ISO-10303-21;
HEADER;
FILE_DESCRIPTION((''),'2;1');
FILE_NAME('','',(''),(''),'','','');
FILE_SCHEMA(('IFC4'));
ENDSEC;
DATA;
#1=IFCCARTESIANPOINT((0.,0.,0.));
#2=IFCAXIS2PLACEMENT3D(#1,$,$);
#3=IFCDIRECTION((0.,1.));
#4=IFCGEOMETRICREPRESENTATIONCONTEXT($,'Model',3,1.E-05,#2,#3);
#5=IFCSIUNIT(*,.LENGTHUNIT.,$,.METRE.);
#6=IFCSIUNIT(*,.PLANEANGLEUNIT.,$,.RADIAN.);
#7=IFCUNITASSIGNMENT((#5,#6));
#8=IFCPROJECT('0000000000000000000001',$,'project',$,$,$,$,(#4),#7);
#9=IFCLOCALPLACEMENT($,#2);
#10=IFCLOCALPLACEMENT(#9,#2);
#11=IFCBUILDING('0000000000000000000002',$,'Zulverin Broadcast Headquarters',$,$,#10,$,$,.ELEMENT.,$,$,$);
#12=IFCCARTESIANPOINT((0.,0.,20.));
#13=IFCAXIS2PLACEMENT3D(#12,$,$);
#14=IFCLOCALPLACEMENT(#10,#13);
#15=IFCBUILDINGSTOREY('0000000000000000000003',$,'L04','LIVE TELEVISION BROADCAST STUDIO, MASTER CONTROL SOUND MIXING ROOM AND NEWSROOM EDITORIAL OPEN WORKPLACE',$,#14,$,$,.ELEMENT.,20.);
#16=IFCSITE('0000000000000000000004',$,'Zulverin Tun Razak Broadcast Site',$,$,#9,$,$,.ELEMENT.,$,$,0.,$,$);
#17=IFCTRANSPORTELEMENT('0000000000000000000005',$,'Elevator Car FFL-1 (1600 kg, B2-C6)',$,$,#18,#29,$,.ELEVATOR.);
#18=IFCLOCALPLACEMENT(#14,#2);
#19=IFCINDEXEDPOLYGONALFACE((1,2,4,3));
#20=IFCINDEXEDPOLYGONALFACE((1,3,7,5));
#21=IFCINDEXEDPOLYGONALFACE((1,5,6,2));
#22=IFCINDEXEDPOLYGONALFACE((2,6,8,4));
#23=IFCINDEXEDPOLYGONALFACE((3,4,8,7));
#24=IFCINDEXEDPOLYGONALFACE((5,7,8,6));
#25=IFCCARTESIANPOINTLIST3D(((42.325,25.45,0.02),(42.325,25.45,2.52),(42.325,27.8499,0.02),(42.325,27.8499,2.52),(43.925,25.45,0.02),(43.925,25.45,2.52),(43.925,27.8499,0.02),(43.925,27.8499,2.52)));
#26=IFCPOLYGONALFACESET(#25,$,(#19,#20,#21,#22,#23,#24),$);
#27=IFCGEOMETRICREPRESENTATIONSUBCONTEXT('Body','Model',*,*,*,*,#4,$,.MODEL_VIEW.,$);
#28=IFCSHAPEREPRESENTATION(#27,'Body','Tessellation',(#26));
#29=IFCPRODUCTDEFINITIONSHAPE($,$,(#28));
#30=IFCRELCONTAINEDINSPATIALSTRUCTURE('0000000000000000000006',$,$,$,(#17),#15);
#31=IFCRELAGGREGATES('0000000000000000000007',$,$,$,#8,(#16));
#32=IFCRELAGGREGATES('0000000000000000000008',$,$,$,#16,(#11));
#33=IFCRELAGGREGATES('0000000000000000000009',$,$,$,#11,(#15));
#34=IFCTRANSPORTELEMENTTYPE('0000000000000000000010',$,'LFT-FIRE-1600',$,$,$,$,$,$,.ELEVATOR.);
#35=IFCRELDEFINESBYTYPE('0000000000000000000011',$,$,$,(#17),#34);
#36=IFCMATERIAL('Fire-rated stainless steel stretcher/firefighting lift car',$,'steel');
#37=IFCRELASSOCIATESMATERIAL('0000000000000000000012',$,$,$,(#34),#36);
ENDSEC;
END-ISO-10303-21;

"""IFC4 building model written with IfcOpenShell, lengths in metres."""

from ifc_helpers import new_model, si_unit, direction, frame, origin, origin_2d, place, context, subcontext, project, spatial, rectangle, extrude, material, type_object, element, save


model = new_model("IFC4")

# Units and contexts
model_context = context("Model", 3, precision=1e-05, world=origin(), true_north=direction((0.0, 1.0)))
body_context = subcontext(model_context, "Body", "Model", "MODEL_VIEW")
ifc_project = project(units=[si_unit("LENGTHUNIT", "METRE"), si_unit("PLANEANGLEUNIT", "RADIAN")], contexts=[model_context])

# Site, building, storey
site_placement = place(None, origin())
site = spatial("IfcSite", under=ifc_project, at=site_placement, Name="Zulverin Tun Razak Broadcast Site", CompositionType="ELEMENT", RefElevation=0.0)
building_placement = place(site_placement, origin())
building = spatial("IfcBuilding", under=site, at=building_placement, Name="Zulverin Broadcast Headquarters", CompositionType="ELEMENT")
storey_placement = place(building_placement, frame((0.0, 0.0, 20.0)))
storey = spatial("IfcBuildingStorey", under=building, at=storey_placement, Name="L04", Description="LIVE TELEVISION BROADCAST STUDIO, MASTER CONTROL SOUND MIXING ROOM AND NEWSROOM EDITORIAL OPEN WORKPLACE", CompositionType="ELEMENT", Elevation=20.0)

# Transport element
ifc_material_1 = material(Name="Fire-rated stainless steel stretcher/firefighting lift car", Category="steel")
transport_element_type = type_object("IfcTransportElementType", Name="LFT-FIRE-1600", PredefinedType="ELEVATOR", material=ifc_material_1)
transport_element_placement = place(storey_placement, frame((43.125, 26.6499, 0.02), z_axis=(0.0, 0.0, 1.0), x_axis=(1.0, 0.0, 0.0)))
element("IfcTransportElement", 1, at=transport_element_placement, inside=storey, type_object=transport_element_type, Name="Elevator Car FFL-1 (1600 kg, B2-C6)", PredefinedType="ELEVATOR", context=body_context, shape_type="SweptSolid", body=[
    extrude(rectangle(XDim=1.6001, YDim=2.3999, at=origin_2d()), origin(), (0.0, 0.0, 1.0), 2.5),
])

save(model, "model.ifc")
